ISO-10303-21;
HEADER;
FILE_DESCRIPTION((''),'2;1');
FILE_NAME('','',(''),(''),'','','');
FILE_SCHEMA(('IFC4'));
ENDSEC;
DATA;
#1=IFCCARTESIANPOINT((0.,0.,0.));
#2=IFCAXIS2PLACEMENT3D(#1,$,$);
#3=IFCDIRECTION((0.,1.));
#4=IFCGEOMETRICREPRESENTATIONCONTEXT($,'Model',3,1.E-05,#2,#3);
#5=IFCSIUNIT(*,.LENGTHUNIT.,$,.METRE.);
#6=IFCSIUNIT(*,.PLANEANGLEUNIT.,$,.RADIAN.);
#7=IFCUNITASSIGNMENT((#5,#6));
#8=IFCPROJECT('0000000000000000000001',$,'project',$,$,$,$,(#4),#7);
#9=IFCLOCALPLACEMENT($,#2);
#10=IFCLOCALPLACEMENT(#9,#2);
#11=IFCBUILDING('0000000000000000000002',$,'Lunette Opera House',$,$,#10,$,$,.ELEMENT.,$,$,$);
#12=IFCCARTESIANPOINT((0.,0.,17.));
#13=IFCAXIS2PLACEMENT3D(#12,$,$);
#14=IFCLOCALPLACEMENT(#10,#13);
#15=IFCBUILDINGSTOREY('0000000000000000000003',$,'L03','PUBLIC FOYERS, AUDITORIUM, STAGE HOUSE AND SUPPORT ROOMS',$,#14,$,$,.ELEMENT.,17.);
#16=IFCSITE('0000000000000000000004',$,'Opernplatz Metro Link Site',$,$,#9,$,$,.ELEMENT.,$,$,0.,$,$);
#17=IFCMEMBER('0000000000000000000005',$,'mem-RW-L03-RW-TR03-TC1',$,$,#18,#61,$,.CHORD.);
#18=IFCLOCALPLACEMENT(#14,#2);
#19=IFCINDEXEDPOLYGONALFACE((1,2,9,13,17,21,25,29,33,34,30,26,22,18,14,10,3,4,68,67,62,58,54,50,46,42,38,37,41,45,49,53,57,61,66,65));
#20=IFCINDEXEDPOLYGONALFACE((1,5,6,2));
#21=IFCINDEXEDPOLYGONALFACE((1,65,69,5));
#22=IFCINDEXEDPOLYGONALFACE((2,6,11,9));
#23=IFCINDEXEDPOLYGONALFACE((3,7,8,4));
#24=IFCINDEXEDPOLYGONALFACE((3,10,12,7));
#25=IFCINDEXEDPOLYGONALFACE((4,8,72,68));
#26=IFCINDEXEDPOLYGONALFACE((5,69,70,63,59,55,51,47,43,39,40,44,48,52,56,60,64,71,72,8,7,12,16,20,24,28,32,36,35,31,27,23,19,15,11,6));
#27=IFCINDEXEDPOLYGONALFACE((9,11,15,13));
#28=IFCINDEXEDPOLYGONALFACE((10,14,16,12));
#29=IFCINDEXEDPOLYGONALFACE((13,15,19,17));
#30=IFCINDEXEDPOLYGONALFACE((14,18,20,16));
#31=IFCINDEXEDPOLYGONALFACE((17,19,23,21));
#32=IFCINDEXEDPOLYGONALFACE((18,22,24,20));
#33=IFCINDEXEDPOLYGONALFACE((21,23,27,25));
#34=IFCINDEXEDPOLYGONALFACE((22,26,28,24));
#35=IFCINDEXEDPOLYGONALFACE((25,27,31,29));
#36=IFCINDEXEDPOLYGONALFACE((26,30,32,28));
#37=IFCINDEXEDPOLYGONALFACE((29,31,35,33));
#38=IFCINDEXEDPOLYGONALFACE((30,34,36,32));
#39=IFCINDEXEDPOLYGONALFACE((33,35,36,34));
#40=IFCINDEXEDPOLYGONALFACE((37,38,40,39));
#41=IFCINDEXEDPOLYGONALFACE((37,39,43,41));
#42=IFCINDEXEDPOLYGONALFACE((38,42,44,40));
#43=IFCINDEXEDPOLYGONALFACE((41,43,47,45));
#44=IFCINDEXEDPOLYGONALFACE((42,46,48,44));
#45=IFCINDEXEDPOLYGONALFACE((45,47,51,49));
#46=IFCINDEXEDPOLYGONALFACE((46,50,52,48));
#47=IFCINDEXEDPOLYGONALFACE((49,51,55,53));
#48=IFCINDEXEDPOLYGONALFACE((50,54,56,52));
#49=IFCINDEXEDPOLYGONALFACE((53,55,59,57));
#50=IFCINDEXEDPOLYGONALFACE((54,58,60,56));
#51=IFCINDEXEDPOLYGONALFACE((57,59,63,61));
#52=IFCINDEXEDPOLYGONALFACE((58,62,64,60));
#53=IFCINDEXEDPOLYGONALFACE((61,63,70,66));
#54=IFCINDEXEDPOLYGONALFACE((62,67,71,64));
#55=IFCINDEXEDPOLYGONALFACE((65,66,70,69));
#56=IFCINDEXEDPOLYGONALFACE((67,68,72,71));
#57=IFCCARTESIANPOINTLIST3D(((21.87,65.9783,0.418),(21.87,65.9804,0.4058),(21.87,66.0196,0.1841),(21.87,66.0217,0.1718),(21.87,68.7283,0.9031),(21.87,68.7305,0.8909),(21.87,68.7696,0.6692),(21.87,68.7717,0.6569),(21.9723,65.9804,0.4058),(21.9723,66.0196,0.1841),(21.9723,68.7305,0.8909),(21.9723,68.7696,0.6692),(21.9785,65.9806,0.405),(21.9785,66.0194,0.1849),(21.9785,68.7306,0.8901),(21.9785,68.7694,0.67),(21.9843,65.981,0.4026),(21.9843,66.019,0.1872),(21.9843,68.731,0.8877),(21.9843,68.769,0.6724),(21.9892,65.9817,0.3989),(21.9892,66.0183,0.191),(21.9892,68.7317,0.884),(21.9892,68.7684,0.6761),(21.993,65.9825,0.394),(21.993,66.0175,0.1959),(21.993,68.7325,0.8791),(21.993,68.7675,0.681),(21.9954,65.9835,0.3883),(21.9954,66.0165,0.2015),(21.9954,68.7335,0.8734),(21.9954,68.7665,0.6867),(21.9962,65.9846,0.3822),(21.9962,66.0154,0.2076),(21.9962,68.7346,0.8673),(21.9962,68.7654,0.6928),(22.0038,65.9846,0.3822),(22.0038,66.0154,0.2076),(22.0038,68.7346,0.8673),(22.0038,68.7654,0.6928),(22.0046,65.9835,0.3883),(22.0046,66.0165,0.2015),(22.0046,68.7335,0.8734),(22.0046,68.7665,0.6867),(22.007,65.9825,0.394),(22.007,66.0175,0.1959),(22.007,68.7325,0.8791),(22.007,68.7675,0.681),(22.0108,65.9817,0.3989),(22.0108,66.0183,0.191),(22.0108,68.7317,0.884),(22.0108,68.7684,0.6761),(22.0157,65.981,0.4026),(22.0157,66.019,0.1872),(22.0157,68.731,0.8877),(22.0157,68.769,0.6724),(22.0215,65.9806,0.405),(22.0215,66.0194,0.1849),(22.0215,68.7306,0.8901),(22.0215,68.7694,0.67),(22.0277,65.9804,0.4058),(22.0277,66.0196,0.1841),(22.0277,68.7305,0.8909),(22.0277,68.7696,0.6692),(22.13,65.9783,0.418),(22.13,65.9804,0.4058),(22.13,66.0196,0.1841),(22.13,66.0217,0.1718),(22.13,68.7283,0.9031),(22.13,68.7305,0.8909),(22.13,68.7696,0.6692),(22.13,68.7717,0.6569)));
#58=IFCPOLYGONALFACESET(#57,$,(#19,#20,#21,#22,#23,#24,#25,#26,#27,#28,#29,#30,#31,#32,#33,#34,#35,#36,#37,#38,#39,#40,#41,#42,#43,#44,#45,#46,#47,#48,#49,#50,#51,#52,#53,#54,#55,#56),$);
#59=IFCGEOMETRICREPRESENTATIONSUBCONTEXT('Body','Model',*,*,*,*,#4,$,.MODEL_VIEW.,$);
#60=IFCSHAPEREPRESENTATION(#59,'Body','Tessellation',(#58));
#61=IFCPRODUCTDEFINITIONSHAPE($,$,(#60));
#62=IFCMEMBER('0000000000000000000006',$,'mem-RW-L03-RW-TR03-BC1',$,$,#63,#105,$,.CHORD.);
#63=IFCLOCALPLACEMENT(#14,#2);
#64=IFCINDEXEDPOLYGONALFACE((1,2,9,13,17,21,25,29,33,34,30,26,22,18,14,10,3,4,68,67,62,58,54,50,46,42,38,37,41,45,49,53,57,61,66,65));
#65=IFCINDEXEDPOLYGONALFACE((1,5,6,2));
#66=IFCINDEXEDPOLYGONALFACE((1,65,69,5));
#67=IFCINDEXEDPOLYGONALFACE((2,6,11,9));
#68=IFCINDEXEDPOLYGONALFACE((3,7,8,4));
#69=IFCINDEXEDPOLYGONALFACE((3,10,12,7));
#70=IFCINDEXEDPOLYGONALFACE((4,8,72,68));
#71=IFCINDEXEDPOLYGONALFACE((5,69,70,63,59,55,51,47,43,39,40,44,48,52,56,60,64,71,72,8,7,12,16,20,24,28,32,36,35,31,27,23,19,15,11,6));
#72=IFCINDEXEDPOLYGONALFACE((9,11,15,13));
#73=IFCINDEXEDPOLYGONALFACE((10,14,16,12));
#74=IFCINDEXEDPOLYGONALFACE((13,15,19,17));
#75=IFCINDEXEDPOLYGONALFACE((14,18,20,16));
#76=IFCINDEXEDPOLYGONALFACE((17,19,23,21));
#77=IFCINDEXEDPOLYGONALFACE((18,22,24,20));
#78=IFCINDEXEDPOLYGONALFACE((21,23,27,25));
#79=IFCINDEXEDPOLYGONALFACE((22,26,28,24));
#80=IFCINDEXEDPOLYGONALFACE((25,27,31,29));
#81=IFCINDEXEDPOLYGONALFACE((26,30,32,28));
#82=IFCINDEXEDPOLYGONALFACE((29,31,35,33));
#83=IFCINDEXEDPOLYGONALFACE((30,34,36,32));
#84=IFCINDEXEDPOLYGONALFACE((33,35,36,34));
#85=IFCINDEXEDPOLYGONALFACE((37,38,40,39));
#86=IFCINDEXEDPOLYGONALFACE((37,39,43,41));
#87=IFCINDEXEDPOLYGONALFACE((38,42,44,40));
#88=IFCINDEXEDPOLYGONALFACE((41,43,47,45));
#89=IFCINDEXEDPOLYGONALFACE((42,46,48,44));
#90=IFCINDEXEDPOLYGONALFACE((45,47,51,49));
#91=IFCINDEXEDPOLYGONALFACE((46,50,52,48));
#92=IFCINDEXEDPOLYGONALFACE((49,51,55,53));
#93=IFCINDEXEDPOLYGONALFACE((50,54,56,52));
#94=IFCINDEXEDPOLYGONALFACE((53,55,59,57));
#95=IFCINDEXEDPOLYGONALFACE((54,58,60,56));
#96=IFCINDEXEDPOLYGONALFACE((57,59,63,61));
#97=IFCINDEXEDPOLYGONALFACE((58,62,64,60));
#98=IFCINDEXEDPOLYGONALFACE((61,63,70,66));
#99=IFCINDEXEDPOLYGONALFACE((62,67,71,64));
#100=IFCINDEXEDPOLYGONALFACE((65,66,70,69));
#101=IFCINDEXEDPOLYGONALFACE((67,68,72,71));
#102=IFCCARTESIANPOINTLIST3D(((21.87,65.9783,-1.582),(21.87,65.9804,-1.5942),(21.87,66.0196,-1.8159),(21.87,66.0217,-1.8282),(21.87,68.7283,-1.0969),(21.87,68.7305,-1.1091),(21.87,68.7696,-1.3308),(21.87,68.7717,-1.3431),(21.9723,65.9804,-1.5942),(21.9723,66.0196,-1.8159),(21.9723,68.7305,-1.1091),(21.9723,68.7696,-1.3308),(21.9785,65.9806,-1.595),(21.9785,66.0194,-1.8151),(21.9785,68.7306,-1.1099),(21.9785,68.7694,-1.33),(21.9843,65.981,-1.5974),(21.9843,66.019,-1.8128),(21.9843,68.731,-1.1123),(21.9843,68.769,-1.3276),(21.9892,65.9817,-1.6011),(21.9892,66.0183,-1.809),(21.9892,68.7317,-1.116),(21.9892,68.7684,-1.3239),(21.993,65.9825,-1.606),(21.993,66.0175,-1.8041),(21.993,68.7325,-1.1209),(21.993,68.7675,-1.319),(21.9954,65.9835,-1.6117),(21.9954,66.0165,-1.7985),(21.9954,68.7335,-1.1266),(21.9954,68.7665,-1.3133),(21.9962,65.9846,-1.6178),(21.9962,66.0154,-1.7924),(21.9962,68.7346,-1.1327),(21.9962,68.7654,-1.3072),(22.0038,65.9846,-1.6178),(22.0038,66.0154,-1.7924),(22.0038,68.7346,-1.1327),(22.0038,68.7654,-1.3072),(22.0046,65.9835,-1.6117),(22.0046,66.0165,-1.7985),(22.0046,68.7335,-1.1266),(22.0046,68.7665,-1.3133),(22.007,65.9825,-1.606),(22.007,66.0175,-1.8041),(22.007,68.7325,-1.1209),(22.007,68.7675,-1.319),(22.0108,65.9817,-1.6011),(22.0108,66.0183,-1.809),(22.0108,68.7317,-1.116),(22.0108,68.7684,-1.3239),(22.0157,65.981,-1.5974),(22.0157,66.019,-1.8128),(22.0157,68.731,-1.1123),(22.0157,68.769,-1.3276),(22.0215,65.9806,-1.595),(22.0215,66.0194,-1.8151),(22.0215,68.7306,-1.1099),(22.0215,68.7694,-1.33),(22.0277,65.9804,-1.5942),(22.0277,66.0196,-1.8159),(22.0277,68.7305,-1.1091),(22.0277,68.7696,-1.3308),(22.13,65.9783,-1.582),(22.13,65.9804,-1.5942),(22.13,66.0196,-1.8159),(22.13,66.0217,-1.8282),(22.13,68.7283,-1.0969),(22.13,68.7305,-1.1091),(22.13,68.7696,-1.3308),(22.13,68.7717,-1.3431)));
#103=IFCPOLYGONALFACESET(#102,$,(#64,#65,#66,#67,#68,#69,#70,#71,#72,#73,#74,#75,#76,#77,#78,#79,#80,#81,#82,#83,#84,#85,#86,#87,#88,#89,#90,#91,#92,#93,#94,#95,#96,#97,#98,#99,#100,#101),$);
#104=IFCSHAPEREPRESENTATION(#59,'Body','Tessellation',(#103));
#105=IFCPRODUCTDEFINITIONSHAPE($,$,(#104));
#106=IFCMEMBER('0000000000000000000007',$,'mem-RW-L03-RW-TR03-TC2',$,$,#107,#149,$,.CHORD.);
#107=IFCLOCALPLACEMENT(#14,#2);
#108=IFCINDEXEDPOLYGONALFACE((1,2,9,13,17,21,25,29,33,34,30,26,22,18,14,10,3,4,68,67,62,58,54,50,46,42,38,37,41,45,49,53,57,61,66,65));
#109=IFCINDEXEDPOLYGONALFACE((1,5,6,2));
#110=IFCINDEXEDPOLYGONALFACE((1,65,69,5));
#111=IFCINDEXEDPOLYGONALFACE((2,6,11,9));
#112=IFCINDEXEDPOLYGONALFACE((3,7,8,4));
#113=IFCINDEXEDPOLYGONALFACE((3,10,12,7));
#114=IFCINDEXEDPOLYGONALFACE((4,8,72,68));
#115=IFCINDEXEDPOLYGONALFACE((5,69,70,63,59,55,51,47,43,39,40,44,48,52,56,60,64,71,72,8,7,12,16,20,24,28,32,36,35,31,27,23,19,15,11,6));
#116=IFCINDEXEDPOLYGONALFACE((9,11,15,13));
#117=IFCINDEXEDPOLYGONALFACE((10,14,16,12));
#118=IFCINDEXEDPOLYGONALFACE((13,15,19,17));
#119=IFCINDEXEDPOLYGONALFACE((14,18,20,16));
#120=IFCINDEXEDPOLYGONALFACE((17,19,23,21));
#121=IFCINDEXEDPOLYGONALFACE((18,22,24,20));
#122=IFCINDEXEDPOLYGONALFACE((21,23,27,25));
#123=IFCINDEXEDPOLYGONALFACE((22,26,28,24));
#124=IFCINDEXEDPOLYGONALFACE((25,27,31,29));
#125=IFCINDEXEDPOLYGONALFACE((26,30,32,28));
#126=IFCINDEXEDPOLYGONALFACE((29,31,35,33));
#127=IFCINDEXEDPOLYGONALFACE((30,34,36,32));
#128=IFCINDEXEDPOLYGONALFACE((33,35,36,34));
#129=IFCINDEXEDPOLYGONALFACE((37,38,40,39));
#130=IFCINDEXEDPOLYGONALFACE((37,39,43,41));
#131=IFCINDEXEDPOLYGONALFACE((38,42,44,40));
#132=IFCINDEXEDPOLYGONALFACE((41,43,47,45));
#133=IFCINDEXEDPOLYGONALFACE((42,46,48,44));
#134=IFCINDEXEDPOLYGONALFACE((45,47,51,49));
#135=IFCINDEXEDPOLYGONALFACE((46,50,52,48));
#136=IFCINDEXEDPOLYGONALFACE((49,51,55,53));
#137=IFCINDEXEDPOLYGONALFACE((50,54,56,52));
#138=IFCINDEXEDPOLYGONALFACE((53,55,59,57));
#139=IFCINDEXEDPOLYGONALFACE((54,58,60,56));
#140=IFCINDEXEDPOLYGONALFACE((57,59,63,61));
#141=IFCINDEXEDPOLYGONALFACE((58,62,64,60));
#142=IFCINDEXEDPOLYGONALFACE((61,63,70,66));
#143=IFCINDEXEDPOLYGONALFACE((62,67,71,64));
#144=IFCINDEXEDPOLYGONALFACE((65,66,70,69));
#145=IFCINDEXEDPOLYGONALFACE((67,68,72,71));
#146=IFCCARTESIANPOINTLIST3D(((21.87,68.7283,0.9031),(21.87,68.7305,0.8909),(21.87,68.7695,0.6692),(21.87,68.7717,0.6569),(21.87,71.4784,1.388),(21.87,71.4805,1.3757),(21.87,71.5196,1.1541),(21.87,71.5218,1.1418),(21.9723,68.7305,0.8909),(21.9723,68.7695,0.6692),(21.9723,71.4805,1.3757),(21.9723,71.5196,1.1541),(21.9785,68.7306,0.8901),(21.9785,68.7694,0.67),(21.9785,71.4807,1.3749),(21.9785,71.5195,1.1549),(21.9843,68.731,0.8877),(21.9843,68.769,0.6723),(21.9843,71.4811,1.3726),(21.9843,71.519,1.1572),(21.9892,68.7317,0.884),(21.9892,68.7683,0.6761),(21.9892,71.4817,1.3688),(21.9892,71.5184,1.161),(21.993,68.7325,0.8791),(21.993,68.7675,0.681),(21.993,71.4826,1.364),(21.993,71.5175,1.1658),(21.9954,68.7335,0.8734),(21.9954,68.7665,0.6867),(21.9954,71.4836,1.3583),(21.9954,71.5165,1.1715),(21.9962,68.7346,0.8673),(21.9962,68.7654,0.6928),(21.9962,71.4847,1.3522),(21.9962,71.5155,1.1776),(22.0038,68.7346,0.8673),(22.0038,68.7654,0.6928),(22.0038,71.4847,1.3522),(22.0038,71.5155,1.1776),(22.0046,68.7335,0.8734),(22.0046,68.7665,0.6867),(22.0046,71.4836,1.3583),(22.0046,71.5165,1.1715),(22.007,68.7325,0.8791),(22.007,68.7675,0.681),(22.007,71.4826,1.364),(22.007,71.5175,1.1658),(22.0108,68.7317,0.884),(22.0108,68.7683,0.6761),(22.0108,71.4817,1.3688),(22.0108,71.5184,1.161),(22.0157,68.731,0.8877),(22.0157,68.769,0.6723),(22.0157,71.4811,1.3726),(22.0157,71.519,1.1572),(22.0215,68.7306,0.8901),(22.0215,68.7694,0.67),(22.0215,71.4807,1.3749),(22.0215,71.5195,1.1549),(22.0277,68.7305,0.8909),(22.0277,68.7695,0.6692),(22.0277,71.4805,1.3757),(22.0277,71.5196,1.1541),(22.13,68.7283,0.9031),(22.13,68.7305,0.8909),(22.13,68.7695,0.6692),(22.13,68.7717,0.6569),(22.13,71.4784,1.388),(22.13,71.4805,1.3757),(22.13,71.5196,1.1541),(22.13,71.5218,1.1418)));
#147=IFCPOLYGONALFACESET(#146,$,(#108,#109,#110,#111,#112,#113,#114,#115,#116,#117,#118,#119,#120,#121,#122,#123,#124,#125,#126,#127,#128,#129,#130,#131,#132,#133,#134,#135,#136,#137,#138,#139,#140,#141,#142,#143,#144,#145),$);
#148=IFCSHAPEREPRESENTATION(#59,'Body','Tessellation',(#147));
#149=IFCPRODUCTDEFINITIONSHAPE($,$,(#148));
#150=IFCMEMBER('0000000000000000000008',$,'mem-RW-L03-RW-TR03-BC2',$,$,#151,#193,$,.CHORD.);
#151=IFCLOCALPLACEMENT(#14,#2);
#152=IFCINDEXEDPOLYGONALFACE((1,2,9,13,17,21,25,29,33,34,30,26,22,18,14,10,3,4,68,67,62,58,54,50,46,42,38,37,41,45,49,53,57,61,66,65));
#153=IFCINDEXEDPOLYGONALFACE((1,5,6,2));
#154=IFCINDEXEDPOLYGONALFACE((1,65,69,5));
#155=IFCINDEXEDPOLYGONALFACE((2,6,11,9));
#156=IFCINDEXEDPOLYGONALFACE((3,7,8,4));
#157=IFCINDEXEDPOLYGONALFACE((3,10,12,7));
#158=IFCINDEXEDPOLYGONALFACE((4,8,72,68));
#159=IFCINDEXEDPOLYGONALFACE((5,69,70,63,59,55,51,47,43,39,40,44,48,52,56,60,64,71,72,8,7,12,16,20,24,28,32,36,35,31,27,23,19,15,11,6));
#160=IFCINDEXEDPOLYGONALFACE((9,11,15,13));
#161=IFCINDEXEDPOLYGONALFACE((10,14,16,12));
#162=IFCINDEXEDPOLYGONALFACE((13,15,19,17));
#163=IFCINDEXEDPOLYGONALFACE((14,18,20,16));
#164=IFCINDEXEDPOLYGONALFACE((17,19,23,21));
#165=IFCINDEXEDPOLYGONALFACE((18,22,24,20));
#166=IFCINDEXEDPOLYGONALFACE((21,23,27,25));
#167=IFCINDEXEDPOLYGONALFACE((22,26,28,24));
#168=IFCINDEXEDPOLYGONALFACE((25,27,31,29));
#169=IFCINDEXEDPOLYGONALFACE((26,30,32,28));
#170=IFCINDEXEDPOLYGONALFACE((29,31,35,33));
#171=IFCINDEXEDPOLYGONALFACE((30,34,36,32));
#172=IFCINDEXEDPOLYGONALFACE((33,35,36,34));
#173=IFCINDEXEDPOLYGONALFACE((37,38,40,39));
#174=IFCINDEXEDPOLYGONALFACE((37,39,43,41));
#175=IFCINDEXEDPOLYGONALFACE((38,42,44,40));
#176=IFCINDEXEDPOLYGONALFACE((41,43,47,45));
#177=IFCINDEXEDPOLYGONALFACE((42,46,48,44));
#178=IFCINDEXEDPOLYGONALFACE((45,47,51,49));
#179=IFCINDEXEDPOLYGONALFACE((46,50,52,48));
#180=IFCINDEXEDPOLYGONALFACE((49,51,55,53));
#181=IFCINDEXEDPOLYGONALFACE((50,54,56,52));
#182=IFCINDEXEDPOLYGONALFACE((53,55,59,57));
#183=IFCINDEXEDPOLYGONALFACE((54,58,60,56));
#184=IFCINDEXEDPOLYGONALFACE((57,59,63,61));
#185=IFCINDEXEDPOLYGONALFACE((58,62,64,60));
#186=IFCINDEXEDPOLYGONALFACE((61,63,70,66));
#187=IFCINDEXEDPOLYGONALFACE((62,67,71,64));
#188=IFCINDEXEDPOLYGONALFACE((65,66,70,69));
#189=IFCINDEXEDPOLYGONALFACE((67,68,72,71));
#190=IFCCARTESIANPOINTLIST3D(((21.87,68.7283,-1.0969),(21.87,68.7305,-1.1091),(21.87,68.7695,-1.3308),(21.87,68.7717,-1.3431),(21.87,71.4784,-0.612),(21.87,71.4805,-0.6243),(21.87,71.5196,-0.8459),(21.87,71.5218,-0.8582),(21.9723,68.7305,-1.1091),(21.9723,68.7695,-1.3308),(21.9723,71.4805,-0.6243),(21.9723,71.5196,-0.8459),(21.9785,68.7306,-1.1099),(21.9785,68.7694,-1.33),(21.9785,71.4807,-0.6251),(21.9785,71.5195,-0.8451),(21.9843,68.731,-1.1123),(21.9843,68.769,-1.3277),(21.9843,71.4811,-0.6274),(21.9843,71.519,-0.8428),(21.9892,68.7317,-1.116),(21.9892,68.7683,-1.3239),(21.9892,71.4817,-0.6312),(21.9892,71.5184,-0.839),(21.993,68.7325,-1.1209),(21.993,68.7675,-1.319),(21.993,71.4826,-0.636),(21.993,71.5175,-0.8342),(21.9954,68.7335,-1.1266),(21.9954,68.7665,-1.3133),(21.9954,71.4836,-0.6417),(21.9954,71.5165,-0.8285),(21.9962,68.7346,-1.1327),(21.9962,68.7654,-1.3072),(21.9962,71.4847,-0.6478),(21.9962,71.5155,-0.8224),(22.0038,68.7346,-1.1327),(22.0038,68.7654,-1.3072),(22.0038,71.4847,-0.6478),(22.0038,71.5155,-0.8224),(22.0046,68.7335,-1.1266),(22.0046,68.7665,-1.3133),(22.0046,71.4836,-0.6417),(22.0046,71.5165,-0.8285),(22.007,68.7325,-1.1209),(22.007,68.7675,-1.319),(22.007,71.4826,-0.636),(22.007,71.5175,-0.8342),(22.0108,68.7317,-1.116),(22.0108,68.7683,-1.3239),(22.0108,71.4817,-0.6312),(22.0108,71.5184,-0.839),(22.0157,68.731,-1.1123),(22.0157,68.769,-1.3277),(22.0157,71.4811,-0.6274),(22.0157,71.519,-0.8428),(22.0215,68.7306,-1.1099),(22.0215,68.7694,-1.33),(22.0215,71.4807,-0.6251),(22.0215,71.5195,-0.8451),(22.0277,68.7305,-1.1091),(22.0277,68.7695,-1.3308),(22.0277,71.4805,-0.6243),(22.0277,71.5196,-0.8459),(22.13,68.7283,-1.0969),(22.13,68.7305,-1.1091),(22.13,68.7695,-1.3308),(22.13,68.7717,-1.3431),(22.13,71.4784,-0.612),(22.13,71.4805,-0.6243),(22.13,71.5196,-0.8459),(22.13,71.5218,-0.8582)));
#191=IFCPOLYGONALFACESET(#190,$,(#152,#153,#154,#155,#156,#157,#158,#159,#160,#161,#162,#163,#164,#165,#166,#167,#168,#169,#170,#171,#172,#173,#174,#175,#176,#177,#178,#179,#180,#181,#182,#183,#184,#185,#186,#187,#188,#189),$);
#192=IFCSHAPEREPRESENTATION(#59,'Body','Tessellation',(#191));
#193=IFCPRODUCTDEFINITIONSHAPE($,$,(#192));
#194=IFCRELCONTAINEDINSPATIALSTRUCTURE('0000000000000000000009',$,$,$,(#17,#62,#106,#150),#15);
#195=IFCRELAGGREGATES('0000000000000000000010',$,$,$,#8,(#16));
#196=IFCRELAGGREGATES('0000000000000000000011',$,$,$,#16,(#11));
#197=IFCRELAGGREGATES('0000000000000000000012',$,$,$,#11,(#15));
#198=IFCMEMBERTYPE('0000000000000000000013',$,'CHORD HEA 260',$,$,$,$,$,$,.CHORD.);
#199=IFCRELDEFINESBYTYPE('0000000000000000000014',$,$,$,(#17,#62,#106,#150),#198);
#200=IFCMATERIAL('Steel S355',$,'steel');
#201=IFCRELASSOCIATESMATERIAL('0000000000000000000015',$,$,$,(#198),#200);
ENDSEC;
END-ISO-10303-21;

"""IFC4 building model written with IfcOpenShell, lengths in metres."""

from ifc_helpers import new_model, si_unit, direction, frame, origin, origin_2d, place, context, subcontext, project, spatial, i_section, extrude, material, material_profile, profile_set, type_object, element, save


model = new_model("IFC4")

# Units and contexts
model_context = context("Model", 3, precision=1e-05, world=origin(), true_north=direction((0.0, 1.0)))
body_context = subcontext(model_context, "Body", "Model", "MODEL_VIEW")
ifc_project = project(units=[si_unit("LENGTHUNIT", "METRE"), si_unit("PLANEANGLEUNIT", "RADIAN")], contexts=[model_context])

# Site, building, storey
site_placement = place(None, origin())
site = spatial("IfcSite", under=ifc_project, at=site_placement, Name="Opernplatz Metro Link Site", CompositionType="ELEMENT", RefElevation=0.0)
building_placement = place(site_placement, origin())
building = spatial("IfcBuilding", under=site, at=building_placement, Name="Lunette Opera House", CompositionType="ELEMENT")
storey_placement = place(building_placement, frame((0.0, 0.0, 17.0)))
storey = spatial("IfcBuildingStorey", under=building, at=storey_placement, Name="L03", Description="PUBLIC FOYERS, AUDITORIUM, STAGE HOUSE AND SUPPORT ROOMS", CompositionType="ELEMENT", Elevation=17.0)

# Members
ifc_material_1 = material(Name="Steel S355", Category="steel")
ifc_material_profile_1 = material_profile(ifc_material_1, i_section(OverallWidth=0.26, OverallDepth=0.25, WebThickness=0.0076, FlangeThickness=0.0125, FilletRadius=0.0239, at=origin_2d()), Name="HEA 260")
ifc_profile_set_1 = profile_set([ifc_material_profile_1], Name="Steel S355")
member_type_1 = type_object("IfcMemberType", Name="CHORD HEA 260", PredefinedType="CHORD", material=ifc_profile_set_1)
for number, where, z_axis, x_axis, name in (
    (1, (22.0, 66.0, 0.2949), (0.0, 0.984795, 0.17372), (-1.0, 0.0, 0.0), "mem-RW-L03-RW-TR03-TC1"),
    (2, (22.0, 66.0, -1.7051), (0.0, 0.984795, 0.17372), (-1.0, 0.0, 0.0), "mem-RW-L03-RW-TR03-BC1"),
    (3, (22.0, 68.75, 0.78), (0.0, 0.98481, 0.173636), (-1.0, 0.0, 0.0), "mem-RW-L03-RW-TR03-TC2"),
    (4, (22.0, 68.75, -1.22), (0.0, 0.98481, 0.173636), (-1.0, 0.0, 0.0), "mem-RW-L03-RW-TR03-BC2"),
):
    element("IfcMember", number, at=place(storey_placement, frame(where, z_axis=z_axis, x_axis=x_axis)), inside=storey, type_object=member_type_1, Name=name, PredefinedType="CHORD", context=body_context, shape_type="SweptSolid", body=[
        extrude(i_section(OverallWidth=0.26, OverallDepth=0.25, WebThickness=0.0076, FlangeThickness=0.0125, FilletRadius=0.0239, at=origin_2d()), origin(), (0.0, 0.0, 1.0), 2.7925),
    ])

save(model, "model.ifc")
